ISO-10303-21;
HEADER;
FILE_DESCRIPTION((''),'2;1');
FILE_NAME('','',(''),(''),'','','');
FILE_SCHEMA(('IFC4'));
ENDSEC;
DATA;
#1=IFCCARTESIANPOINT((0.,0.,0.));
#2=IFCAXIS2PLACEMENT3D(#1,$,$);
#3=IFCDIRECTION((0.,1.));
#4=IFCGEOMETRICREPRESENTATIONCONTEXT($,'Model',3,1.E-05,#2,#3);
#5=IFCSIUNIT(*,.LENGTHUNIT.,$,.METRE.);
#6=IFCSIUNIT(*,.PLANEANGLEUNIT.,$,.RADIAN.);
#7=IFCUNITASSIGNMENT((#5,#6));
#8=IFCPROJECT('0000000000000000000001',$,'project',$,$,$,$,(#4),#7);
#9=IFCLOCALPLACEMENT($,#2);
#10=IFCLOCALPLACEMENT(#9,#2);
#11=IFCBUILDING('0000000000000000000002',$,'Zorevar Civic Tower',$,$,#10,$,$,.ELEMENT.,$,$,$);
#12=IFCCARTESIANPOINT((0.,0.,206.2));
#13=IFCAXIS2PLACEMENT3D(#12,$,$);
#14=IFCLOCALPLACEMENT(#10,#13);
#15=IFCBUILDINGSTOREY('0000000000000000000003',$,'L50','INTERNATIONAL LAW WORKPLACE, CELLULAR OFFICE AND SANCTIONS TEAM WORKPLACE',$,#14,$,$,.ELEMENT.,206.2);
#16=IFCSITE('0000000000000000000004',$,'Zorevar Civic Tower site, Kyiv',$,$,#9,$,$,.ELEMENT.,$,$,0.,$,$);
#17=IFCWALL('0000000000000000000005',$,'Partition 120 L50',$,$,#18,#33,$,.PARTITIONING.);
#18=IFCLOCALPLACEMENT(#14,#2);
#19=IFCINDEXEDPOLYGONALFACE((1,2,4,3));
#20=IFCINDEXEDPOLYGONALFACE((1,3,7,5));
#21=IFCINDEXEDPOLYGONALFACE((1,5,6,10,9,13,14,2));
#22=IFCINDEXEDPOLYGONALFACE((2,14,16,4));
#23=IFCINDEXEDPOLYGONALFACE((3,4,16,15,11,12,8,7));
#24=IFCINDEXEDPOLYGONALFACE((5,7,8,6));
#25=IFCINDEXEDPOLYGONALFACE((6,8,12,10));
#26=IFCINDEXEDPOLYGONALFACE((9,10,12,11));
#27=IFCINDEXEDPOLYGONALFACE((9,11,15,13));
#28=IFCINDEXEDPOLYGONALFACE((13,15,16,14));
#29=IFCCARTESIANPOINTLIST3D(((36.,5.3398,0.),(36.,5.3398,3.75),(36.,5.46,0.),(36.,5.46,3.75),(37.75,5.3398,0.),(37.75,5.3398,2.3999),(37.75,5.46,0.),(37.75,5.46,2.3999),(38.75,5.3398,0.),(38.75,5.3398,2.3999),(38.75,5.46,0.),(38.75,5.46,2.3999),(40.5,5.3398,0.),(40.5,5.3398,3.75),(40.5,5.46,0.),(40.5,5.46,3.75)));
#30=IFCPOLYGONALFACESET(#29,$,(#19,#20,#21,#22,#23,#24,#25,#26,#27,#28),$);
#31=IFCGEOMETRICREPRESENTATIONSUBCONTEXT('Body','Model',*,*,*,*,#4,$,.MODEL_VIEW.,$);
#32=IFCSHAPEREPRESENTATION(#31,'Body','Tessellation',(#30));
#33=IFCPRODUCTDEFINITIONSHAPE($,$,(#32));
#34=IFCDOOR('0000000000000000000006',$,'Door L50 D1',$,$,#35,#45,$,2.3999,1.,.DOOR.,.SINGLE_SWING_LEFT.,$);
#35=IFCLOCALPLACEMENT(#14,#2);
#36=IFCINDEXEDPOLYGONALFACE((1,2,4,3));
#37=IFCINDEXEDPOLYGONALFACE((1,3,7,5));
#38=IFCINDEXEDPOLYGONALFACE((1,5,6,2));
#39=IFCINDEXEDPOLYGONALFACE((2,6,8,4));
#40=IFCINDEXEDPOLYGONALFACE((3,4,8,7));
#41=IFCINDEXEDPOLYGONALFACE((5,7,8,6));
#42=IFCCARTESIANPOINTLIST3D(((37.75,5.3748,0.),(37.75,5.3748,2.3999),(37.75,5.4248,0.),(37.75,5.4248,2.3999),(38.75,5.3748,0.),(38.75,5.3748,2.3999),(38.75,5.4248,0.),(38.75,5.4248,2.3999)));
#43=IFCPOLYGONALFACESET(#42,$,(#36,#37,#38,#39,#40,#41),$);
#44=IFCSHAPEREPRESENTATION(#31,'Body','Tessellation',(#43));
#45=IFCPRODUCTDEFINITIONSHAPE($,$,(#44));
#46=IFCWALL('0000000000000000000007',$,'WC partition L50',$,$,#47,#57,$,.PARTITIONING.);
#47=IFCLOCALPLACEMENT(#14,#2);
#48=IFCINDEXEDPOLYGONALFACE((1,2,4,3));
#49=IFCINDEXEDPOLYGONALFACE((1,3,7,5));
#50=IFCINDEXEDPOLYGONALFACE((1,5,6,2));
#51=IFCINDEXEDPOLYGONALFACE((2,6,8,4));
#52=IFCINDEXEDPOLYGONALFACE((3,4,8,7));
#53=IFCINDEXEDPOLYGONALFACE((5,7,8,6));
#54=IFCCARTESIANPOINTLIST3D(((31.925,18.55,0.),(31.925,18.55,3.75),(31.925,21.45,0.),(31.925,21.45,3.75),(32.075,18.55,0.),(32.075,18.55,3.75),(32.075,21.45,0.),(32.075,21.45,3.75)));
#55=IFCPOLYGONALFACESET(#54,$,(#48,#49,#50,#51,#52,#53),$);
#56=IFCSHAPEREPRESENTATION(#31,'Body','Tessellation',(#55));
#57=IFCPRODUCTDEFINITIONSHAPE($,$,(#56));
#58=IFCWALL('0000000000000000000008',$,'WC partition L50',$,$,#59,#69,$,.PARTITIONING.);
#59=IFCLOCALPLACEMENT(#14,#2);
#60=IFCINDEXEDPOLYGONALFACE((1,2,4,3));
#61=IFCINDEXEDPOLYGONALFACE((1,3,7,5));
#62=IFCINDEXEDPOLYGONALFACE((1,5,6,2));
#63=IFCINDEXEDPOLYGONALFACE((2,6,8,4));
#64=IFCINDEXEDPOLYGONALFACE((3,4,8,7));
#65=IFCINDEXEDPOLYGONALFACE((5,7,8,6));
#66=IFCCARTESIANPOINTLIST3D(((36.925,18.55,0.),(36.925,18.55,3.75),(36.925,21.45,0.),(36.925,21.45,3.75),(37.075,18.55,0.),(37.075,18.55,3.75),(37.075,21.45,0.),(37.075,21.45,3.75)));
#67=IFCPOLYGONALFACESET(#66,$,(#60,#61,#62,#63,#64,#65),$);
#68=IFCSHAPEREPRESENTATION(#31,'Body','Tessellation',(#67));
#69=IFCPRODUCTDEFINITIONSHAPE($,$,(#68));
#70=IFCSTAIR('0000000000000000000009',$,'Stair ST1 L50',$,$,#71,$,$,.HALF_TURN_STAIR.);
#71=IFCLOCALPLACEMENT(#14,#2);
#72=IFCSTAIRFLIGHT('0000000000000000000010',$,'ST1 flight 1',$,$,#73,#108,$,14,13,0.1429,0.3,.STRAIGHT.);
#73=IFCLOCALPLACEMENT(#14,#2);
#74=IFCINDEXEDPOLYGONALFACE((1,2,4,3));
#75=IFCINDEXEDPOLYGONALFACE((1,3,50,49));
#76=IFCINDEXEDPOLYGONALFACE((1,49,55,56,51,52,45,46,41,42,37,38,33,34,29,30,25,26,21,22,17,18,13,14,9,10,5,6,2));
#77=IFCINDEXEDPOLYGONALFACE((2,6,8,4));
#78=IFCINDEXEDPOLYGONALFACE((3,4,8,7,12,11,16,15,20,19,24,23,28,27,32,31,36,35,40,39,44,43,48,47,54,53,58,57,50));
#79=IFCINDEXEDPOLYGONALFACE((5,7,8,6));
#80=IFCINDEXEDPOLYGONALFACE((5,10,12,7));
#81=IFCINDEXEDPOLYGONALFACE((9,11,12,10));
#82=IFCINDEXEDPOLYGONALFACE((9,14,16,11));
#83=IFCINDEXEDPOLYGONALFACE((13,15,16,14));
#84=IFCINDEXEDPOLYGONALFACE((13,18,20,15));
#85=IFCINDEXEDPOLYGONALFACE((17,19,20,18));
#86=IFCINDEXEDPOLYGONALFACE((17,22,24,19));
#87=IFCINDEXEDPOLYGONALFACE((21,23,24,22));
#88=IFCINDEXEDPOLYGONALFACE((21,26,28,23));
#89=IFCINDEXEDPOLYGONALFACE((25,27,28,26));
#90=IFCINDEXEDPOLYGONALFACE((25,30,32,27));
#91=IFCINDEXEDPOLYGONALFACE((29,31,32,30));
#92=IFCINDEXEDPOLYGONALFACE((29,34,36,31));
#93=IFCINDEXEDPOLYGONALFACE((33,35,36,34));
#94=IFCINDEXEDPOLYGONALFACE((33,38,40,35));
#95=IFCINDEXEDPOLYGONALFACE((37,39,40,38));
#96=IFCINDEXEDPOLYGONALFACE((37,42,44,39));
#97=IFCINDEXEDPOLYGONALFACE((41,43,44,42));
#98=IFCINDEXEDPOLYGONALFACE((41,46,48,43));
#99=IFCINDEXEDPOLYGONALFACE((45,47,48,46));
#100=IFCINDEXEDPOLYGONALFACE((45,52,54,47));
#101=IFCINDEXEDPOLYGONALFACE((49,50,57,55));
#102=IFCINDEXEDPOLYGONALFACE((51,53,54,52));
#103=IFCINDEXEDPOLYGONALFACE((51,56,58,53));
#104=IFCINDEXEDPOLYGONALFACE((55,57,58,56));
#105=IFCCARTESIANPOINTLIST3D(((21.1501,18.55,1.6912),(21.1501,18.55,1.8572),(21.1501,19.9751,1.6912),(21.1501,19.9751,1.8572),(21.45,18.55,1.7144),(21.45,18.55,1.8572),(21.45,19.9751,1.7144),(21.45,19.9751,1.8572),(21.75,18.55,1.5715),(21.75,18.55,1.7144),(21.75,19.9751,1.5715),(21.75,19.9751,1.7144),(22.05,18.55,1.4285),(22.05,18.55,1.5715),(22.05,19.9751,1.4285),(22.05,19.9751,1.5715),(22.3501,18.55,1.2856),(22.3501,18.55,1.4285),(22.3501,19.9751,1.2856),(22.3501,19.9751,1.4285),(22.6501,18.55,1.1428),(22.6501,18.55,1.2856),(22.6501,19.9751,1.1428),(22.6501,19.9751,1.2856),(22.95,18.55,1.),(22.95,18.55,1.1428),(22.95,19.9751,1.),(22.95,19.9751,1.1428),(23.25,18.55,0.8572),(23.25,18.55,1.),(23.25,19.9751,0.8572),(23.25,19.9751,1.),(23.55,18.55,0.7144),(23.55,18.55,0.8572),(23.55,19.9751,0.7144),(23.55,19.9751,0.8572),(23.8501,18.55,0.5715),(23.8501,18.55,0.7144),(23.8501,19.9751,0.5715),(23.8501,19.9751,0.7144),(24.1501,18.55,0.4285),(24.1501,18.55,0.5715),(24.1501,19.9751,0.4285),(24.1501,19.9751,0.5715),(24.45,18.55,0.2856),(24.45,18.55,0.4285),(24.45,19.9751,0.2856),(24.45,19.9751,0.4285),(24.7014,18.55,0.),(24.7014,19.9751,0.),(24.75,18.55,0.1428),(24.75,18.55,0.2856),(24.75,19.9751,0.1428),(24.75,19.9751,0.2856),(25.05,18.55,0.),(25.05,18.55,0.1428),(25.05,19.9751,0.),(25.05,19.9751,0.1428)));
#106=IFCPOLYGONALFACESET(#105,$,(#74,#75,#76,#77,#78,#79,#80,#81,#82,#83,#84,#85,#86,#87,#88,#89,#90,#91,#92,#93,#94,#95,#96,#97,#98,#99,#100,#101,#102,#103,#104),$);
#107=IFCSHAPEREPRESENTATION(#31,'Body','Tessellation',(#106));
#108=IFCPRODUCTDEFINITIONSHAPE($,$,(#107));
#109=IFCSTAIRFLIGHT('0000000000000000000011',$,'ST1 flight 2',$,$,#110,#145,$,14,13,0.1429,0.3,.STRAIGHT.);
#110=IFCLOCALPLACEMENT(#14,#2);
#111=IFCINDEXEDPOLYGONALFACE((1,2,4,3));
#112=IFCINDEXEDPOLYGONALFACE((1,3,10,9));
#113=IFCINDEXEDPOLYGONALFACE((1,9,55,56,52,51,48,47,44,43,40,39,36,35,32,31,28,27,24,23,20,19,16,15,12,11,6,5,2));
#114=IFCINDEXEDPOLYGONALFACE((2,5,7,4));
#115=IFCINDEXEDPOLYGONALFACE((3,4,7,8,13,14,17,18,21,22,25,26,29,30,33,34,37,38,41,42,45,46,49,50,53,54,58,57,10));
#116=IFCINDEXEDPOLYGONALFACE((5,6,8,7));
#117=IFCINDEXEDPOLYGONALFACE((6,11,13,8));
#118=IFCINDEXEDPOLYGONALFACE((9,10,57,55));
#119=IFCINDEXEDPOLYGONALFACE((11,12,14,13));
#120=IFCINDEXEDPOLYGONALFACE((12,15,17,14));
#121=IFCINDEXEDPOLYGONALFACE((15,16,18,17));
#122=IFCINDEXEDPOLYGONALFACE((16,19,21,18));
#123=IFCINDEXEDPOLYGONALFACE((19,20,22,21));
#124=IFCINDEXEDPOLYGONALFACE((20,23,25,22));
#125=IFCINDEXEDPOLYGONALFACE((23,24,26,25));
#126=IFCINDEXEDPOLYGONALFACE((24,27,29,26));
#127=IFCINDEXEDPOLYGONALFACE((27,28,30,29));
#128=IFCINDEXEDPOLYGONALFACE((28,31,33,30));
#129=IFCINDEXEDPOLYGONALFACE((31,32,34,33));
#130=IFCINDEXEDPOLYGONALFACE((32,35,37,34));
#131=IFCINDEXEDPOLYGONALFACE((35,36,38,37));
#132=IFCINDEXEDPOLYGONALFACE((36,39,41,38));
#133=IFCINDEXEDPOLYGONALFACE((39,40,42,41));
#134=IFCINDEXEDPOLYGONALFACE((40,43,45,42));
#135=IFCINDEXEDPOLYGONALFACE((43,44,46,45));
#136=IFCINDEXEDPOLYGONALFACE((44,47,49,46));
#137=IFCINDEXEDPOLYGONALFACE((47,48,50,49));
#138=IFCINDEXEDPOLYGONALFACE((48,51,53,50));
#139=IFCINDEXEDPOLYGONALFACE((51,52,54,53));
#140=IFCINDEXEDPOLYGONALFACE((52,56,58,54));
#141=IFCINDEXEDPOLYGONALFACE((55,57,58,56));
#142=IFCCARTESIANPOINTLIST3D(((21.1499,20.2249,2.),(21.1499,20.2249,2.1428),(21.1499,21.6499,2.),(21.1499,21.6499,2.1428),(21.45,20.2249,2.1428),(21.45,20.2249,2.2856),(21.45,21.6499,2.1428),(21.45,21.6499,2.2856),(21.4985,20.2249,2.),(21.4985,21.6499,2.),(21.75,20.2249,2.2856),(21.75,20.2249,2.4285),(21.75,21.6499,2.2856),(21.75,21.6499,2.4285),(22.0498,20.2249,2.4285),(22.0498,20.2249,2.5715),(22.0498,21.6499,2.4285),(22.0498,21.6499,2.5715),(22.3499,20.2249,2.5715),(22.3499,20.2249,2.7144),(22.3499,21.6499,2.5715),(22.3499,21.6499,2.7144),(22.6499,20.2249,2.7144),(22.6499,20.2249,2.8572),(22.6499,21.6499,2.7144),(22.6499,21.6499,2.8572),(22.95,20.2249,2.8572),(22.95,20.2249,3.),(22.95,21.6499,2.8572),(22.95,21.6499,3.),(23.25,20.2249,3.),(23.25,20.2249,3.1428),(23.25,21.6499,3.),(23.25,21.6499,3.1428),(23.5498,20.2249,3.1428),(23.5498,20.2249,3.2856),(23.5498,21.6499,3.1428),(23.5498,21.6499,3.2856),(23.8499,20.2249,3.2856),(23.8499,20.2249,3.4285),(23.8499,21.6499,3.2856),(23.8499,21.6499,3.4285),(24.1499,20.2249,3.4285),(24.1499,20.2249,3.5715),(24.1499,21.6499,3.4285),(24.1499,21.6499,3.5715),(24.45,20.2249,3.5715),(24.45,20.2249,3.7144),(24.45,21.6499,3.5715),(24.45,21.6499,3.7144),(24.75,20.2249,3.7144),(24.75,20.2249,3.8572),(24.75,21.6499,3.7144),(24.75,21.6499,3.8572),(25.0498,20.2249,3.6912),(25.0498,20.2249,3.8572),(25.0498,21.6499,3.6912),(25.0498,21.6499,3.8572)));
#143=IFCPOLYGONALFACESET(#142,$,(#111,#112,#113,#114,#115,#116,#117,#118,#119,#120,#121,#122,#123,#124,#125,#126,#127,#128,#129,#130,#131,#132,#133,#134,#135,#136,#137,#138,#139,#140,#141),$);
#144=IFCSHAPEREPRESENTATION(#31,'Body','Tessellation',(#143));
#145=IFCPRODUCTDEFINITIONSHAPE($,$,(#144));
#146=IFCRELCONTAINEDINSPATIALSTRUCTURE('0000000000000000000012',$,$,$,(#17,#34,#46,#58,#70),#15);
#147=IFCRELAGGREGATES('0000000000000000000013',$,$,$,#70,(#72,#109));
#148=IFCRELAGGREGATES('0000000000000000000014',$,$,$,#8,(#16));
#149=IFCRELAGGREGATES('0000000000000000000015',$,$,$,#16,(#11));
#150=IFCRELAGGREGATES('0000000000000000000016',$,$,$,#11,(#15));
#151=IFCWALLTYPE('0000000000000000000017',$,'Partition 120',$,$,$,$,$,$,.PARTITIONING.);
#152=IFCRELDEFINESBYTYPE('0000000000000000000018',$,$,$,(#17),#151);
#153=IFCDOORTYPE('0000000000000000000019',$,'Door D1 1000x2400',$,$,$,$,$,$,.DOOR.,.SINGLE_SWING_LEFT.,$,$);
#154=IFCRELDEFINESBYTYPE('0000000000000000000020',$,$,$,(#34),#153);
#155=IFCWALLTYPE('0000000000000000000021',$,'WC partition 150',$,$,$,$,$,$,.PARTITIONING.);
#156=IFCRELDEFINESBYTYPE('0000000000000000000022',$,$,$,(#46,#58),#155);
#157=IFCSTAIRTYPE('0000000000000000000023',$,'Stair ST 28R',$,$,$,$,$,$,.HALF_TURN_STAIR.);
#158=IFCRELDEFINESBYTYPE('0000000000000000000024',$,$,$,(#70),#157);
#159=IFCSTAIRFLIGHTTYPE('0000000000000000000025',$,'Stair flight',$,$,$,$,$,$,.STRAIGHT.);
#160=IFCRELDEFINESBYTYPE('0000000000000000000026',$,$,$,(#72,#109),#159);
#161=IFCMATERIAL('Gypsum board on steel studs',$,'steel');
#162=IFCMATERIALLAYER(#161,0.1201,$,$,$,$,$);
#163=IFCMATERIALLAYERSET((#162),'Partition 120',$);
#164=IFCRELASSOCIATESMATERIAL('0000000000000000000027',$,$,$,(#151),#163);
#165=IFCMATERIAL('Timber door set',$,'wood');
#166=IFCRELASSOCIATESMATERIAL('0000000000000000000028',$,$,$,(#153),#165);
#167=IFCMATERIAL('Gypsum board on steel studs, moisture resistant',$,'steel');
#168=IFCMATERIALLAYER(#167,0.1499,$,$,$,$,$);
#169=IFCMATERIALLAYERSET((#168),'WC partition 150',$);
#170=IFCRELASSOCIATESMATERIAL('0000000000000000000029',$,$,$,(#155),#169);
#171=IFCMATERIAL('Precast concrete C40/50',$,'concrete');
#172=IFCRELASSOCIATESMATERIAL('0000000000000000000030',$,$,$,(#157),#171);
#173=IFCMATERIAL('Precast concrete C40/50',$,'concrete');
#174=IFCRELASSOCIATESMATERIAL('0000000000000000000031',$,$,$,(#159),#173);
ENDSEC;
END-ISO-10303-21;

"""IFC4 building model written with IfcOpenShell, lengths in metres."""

from ifc_helpers import new_model, si_unit, direction, frame, frame_2d, origin, place, context, subcontext, project, spatial, polyline, rectangle, outline, extrude, material, layer, layer_set, type_object, element, fill, aggregate, save


model = new_model("IFC4")

# Units and contexts
model_context = context("Model", 3, precision=1e-05, world=origin(), true_north=direction((0.0, 1.0)))
body_context = subcontext(model_context, "Body", "Model", "MODEL_VIEW")
ifc_project = project(units=[si_unit("LENGTHUNIT", "METRE"), si_unit("PLANEANGLEUNIT", "RADIAN")], contexts=[model_context])

# Site, building, storey
site_placement = place(None, origin())
site = spatial("IfcSite", under=ifc_project, at=site_placement, Name="Zorevar Civic Tower site, Kyiv", CompositionType="ELEMENT", RefElevation=0.0)
building_placement = place(site_placement, origin())
building = spatial("IfcBuilding", under=site, at=building_placement, Name="Zorevar Civic Tower", CompositionType="ELEMENT")
storey_placement = place(building_placement, frame((0.0, 0.0, 206.2)))
storey = spatial("IfcBuildingStorey", under=building, at=storey_placement, Name="L50", Description="INTERNATIONAL LAW WORKPLACE, CELLULAR OFFICE AND SANCTIONS TEAM WORKPLACE", CompositionType="ELEMENT", Elevation=206.2)

# Wall, opening, door
ifc_material_1 = material(Name="Gypsum board on steel studs", Category="steel")
ifc_layer_1 = layer(ifc_material_1, 0.1201)
ifc_layer_set_1 = layer_set([ifc_layer_1], Name="Partition 120")
wall_type_1 = type_object("IfcWallType", Name="Partition 120", PredefinedType="PARTITIONING", material=ifc_layer_set_1)
ifc_material_2 = material(Name="Timber door set", Category="wood")
door_type_1 = type_object("IfcDoorType", Name="Door D1 1000x2400", OperationType="SINGLE_SWING_LEFT", PredefinedType="DOOR", material=ifc_material_2)
wall_1_placement = place(storey_placement, frame((36.0, 5.3999, 0.0), z_axis=(0.0, 0.0, 1.0), x_axis=(1.0, 0.0, 0.0)))
wall_1 = element("IfcWall", 1, at=wall_1_placement, inside=storey, type_object=wall_type_1, Name="Partition 120 L50", PredefinedType="PARTITIONING", context=body_context, shape_type="SweptSolid", body=[
    extrude(rectangle(XDim=4.5, YDim=0.1201, at=frame_2d((2.25, 0.0))), origin(), (0.0, 0.0, 1.0), 3.75),
])
opening_1_placement = place(wall_1_placement, frame((1.75, 0.0, 0.0)))
opening_1 = element("IfcOpeningElement", 2, at=opening_1_placement, cuts=wall_1, PredefinedType="OPENING", context=body_context, shape_type="SweptSolid", body=[
    extrude(rectangle(XDim=1.0, YDim=2.3999, at=frame_2d((0.5, 1.2))), frame((0.0, 0.0701, 0.0), z_axis=(0.0, -1.0, 0.0), x_axis=(1.0, 0.0, 0.0)), (0.0, 0.0, 1.0), 0.1401),
])
door_1_placement = place(opening_1_placement, origin())
door_1 = element("IfcDoor", 3, at=door_1_placement, inside=storey, type_object=door_type_1, Name="Door L50 D1", OperationType="SINGLE_SWING_LEFT", OverallHeight=2.3999, OverallWidth=1.0, PredefinedType="DOOR", context=body_context, shape_type="SweptSolid", body=[
    extrude(rectangle(XDim=1.0, YDim=2.3999, at=frame_2d((0.5, 1.2))), frame((0.0, 0.0249, 0.0), z_axis=(0.0, -1.0, 0.0), x_axis=(1.0, 0.0, 0.0)), (0.0, 0.0, 1.0), 0.05),
])
fill(opening_1, door_1)

# Walls
ifc_material_3 = material(Name="Gypsum board on steel studs, moisture resistant", Category="steel")
ifc_layer_2 = layer(ifc_material_3, 0.1499)
ifc_layer_set_2 = layer_set([ifc_layer_2], Name="WC partition 150")
wall_type_2 = type_object("IfcWallType", Name="WC partition 150", PredefinedType="PARTITIONING", material=ifc_layer_set_2)
for number, where, z_axis, x_axis, name in (
    (4, (32.0, 18.55, 0.0), (0.0, 0.0, 1.0), (0.0, 1.0, 0.0), "WC partition L50"),
    (5, (37.0, 18.55, 0.0), (0.0, 0.0, 1.0), (0.0, 1.0, 0.0), "WC partition L50"),
):
    element("IfcWall", number, at=place(storey_placement, frame(where, z_axis=z_axis, x_axis=x_axis)), inside=storey, type_object=wall_type_2, Name=name, PredefinedType="PARTITIONING", context=body_context, shape_type="SweptSolid", body=[
        extrude(rectangle(XDim=2.8999, YDim=0.1499, at=frame_2d((1.45, 0.0))), origin(), (0.0, 0.0, 1.0), 3.75),
    ])

# Stair, stair flights
ifc_material_4 = material(Name="Precast concrete C40/50", Category="concrete")
stair_type = type_object("IfcStairType", Name="Stair ST 28R", PredefinedType="HALF_TURN_STAIR", material=ifc_material_4)
stair_placement = place(storey_placement, origin())
stair = element("IfcStair", 6, at=stair_placement, inside=storey, type_object=stair_type, Name="Stair ST1 L50", PredefinedType="HALF_TURN_STAIR")
ifc_material_5 = material(Name="Precast concrete C40/50", Category="concrete")
stair_flight_type = type_object("IfcStairFlightType", Name="Stair flight", PredefinedType="STRAIGHT", material=ifc_material_5)
stair_flight_1_placement = place(storey_placement, frame((25.05, 19.2625, 0.0), z_axis=(0.0, 0.0, 1.0), x_axis=(-1.0, 0.0, 0.0)))
stair_flight_1 = element("IfcStairFlight", 7, at=stair_flight_1_placement, type_object=stair_flight_type, Name="ST1 flight 1", NumberOfRisers=14, NumberOfTreads=13, PredefinedType="STRAIGHT", RiserHeight=0.1429, TreadLength=0.3, context=body_context, shape_type="SweptSolid", body=[
    extrude(outline(polyline([(0.0, 0.0), (0.0, 0.1428), (0.3, 0.1428), (0.3, 0.2856), (0.6001, 0.2856), (0.6001, 0.4285), (0.8999, 0.4285), (0.8999, 0.5715), (1.2, 0.5715), (1.2, 0.7144), (1.5, 0.7144), (1.5, 0.8572), (1.8, 0.8572), (1.8, 1.0), (2.1001, 1.0), (2.1001, 1.1428), (2.3999, 1.1428), (2.3999, 1.2856), (2.7, 1.2856), (2.7, 1.4285), (3.0, 1.4285), (3.0, 1.5715), (3.3, 1.5715), (3.3, 1.7144), (3.6001, 1.7144), (3.6001, 1.8572), (3.8999, 1.8572), (3.8999, 2.0), (3.8999, 1.6912), (0.3486, 0.0), (0.0, 0.0)])), frame((0.0, 0.7124, 0.0), z_axis=(0.0, -1.0, 0.0), x_axis=(1.0, 0.0, 0.0)), (0.0, 0.0, 1.0), 1.425),
])
stair_flight_2_placement = place(storey_placement, frame((21.1499, 20.9375, 2.0), z_axis=(0.0, 0.0, 1.0), x_axis=(1.0, 0.0, 0.0)))
stair_flight_2 = element("IfcStairFlight", 8, at=stair_flight_2_placement, type_object=stair_flight_type, Name="ST1 flight 2", NumberOfRisers=14, NumberOfTreads=13, PredefinedType="STRAIGHT", RiserHeight=0.1429, TreadLength=0.3, context=body_context, shape_type="SweptSolid", body=[
    extrude(outline(polyline([(0.0, 0.0), (0.0, 0.1428), (0.3, 0.1428), (0.3, 0.2856), (0.6001, 0.2856), (0.6001, 0.4285), (0.8999, 0.4285), (0.8999, 0.5715), (1.2, 0.5715), (1.2, 0.7144), (1.5, 0.7144), (1.5, 0.8572), (1.8, 0.8572), (1.8, 1.0), (2.1001, 1.0), (2.1001, 1.1428), (2.3999, 1.1428), (2.3999, 1.2856), (2.7, 1.2856), (2.7, 1.4285), (3.0, 1.4285), (3.0, 1.5715), (3.3, 1.5715), (3.3, 1.7144), (3.6001, 1.7144), (3.6001, 1.8572), (3.8999, 1.8572), (3.8999, 2.0), (3.8999, 1.6912), (0.3486, 0.0), (0.0, 0.0)])), frame((0.0, 0.7124, 0.0), z_axis=(0.0, -1.0, 0.0), x_axis=(1.0, 0.0, 0.0)), (0.0, 0.0, 1.0), 1.425),
])
aggregate(stair, [stair_flight_1, stair_flight_2])

save(model, "model.ifc")
